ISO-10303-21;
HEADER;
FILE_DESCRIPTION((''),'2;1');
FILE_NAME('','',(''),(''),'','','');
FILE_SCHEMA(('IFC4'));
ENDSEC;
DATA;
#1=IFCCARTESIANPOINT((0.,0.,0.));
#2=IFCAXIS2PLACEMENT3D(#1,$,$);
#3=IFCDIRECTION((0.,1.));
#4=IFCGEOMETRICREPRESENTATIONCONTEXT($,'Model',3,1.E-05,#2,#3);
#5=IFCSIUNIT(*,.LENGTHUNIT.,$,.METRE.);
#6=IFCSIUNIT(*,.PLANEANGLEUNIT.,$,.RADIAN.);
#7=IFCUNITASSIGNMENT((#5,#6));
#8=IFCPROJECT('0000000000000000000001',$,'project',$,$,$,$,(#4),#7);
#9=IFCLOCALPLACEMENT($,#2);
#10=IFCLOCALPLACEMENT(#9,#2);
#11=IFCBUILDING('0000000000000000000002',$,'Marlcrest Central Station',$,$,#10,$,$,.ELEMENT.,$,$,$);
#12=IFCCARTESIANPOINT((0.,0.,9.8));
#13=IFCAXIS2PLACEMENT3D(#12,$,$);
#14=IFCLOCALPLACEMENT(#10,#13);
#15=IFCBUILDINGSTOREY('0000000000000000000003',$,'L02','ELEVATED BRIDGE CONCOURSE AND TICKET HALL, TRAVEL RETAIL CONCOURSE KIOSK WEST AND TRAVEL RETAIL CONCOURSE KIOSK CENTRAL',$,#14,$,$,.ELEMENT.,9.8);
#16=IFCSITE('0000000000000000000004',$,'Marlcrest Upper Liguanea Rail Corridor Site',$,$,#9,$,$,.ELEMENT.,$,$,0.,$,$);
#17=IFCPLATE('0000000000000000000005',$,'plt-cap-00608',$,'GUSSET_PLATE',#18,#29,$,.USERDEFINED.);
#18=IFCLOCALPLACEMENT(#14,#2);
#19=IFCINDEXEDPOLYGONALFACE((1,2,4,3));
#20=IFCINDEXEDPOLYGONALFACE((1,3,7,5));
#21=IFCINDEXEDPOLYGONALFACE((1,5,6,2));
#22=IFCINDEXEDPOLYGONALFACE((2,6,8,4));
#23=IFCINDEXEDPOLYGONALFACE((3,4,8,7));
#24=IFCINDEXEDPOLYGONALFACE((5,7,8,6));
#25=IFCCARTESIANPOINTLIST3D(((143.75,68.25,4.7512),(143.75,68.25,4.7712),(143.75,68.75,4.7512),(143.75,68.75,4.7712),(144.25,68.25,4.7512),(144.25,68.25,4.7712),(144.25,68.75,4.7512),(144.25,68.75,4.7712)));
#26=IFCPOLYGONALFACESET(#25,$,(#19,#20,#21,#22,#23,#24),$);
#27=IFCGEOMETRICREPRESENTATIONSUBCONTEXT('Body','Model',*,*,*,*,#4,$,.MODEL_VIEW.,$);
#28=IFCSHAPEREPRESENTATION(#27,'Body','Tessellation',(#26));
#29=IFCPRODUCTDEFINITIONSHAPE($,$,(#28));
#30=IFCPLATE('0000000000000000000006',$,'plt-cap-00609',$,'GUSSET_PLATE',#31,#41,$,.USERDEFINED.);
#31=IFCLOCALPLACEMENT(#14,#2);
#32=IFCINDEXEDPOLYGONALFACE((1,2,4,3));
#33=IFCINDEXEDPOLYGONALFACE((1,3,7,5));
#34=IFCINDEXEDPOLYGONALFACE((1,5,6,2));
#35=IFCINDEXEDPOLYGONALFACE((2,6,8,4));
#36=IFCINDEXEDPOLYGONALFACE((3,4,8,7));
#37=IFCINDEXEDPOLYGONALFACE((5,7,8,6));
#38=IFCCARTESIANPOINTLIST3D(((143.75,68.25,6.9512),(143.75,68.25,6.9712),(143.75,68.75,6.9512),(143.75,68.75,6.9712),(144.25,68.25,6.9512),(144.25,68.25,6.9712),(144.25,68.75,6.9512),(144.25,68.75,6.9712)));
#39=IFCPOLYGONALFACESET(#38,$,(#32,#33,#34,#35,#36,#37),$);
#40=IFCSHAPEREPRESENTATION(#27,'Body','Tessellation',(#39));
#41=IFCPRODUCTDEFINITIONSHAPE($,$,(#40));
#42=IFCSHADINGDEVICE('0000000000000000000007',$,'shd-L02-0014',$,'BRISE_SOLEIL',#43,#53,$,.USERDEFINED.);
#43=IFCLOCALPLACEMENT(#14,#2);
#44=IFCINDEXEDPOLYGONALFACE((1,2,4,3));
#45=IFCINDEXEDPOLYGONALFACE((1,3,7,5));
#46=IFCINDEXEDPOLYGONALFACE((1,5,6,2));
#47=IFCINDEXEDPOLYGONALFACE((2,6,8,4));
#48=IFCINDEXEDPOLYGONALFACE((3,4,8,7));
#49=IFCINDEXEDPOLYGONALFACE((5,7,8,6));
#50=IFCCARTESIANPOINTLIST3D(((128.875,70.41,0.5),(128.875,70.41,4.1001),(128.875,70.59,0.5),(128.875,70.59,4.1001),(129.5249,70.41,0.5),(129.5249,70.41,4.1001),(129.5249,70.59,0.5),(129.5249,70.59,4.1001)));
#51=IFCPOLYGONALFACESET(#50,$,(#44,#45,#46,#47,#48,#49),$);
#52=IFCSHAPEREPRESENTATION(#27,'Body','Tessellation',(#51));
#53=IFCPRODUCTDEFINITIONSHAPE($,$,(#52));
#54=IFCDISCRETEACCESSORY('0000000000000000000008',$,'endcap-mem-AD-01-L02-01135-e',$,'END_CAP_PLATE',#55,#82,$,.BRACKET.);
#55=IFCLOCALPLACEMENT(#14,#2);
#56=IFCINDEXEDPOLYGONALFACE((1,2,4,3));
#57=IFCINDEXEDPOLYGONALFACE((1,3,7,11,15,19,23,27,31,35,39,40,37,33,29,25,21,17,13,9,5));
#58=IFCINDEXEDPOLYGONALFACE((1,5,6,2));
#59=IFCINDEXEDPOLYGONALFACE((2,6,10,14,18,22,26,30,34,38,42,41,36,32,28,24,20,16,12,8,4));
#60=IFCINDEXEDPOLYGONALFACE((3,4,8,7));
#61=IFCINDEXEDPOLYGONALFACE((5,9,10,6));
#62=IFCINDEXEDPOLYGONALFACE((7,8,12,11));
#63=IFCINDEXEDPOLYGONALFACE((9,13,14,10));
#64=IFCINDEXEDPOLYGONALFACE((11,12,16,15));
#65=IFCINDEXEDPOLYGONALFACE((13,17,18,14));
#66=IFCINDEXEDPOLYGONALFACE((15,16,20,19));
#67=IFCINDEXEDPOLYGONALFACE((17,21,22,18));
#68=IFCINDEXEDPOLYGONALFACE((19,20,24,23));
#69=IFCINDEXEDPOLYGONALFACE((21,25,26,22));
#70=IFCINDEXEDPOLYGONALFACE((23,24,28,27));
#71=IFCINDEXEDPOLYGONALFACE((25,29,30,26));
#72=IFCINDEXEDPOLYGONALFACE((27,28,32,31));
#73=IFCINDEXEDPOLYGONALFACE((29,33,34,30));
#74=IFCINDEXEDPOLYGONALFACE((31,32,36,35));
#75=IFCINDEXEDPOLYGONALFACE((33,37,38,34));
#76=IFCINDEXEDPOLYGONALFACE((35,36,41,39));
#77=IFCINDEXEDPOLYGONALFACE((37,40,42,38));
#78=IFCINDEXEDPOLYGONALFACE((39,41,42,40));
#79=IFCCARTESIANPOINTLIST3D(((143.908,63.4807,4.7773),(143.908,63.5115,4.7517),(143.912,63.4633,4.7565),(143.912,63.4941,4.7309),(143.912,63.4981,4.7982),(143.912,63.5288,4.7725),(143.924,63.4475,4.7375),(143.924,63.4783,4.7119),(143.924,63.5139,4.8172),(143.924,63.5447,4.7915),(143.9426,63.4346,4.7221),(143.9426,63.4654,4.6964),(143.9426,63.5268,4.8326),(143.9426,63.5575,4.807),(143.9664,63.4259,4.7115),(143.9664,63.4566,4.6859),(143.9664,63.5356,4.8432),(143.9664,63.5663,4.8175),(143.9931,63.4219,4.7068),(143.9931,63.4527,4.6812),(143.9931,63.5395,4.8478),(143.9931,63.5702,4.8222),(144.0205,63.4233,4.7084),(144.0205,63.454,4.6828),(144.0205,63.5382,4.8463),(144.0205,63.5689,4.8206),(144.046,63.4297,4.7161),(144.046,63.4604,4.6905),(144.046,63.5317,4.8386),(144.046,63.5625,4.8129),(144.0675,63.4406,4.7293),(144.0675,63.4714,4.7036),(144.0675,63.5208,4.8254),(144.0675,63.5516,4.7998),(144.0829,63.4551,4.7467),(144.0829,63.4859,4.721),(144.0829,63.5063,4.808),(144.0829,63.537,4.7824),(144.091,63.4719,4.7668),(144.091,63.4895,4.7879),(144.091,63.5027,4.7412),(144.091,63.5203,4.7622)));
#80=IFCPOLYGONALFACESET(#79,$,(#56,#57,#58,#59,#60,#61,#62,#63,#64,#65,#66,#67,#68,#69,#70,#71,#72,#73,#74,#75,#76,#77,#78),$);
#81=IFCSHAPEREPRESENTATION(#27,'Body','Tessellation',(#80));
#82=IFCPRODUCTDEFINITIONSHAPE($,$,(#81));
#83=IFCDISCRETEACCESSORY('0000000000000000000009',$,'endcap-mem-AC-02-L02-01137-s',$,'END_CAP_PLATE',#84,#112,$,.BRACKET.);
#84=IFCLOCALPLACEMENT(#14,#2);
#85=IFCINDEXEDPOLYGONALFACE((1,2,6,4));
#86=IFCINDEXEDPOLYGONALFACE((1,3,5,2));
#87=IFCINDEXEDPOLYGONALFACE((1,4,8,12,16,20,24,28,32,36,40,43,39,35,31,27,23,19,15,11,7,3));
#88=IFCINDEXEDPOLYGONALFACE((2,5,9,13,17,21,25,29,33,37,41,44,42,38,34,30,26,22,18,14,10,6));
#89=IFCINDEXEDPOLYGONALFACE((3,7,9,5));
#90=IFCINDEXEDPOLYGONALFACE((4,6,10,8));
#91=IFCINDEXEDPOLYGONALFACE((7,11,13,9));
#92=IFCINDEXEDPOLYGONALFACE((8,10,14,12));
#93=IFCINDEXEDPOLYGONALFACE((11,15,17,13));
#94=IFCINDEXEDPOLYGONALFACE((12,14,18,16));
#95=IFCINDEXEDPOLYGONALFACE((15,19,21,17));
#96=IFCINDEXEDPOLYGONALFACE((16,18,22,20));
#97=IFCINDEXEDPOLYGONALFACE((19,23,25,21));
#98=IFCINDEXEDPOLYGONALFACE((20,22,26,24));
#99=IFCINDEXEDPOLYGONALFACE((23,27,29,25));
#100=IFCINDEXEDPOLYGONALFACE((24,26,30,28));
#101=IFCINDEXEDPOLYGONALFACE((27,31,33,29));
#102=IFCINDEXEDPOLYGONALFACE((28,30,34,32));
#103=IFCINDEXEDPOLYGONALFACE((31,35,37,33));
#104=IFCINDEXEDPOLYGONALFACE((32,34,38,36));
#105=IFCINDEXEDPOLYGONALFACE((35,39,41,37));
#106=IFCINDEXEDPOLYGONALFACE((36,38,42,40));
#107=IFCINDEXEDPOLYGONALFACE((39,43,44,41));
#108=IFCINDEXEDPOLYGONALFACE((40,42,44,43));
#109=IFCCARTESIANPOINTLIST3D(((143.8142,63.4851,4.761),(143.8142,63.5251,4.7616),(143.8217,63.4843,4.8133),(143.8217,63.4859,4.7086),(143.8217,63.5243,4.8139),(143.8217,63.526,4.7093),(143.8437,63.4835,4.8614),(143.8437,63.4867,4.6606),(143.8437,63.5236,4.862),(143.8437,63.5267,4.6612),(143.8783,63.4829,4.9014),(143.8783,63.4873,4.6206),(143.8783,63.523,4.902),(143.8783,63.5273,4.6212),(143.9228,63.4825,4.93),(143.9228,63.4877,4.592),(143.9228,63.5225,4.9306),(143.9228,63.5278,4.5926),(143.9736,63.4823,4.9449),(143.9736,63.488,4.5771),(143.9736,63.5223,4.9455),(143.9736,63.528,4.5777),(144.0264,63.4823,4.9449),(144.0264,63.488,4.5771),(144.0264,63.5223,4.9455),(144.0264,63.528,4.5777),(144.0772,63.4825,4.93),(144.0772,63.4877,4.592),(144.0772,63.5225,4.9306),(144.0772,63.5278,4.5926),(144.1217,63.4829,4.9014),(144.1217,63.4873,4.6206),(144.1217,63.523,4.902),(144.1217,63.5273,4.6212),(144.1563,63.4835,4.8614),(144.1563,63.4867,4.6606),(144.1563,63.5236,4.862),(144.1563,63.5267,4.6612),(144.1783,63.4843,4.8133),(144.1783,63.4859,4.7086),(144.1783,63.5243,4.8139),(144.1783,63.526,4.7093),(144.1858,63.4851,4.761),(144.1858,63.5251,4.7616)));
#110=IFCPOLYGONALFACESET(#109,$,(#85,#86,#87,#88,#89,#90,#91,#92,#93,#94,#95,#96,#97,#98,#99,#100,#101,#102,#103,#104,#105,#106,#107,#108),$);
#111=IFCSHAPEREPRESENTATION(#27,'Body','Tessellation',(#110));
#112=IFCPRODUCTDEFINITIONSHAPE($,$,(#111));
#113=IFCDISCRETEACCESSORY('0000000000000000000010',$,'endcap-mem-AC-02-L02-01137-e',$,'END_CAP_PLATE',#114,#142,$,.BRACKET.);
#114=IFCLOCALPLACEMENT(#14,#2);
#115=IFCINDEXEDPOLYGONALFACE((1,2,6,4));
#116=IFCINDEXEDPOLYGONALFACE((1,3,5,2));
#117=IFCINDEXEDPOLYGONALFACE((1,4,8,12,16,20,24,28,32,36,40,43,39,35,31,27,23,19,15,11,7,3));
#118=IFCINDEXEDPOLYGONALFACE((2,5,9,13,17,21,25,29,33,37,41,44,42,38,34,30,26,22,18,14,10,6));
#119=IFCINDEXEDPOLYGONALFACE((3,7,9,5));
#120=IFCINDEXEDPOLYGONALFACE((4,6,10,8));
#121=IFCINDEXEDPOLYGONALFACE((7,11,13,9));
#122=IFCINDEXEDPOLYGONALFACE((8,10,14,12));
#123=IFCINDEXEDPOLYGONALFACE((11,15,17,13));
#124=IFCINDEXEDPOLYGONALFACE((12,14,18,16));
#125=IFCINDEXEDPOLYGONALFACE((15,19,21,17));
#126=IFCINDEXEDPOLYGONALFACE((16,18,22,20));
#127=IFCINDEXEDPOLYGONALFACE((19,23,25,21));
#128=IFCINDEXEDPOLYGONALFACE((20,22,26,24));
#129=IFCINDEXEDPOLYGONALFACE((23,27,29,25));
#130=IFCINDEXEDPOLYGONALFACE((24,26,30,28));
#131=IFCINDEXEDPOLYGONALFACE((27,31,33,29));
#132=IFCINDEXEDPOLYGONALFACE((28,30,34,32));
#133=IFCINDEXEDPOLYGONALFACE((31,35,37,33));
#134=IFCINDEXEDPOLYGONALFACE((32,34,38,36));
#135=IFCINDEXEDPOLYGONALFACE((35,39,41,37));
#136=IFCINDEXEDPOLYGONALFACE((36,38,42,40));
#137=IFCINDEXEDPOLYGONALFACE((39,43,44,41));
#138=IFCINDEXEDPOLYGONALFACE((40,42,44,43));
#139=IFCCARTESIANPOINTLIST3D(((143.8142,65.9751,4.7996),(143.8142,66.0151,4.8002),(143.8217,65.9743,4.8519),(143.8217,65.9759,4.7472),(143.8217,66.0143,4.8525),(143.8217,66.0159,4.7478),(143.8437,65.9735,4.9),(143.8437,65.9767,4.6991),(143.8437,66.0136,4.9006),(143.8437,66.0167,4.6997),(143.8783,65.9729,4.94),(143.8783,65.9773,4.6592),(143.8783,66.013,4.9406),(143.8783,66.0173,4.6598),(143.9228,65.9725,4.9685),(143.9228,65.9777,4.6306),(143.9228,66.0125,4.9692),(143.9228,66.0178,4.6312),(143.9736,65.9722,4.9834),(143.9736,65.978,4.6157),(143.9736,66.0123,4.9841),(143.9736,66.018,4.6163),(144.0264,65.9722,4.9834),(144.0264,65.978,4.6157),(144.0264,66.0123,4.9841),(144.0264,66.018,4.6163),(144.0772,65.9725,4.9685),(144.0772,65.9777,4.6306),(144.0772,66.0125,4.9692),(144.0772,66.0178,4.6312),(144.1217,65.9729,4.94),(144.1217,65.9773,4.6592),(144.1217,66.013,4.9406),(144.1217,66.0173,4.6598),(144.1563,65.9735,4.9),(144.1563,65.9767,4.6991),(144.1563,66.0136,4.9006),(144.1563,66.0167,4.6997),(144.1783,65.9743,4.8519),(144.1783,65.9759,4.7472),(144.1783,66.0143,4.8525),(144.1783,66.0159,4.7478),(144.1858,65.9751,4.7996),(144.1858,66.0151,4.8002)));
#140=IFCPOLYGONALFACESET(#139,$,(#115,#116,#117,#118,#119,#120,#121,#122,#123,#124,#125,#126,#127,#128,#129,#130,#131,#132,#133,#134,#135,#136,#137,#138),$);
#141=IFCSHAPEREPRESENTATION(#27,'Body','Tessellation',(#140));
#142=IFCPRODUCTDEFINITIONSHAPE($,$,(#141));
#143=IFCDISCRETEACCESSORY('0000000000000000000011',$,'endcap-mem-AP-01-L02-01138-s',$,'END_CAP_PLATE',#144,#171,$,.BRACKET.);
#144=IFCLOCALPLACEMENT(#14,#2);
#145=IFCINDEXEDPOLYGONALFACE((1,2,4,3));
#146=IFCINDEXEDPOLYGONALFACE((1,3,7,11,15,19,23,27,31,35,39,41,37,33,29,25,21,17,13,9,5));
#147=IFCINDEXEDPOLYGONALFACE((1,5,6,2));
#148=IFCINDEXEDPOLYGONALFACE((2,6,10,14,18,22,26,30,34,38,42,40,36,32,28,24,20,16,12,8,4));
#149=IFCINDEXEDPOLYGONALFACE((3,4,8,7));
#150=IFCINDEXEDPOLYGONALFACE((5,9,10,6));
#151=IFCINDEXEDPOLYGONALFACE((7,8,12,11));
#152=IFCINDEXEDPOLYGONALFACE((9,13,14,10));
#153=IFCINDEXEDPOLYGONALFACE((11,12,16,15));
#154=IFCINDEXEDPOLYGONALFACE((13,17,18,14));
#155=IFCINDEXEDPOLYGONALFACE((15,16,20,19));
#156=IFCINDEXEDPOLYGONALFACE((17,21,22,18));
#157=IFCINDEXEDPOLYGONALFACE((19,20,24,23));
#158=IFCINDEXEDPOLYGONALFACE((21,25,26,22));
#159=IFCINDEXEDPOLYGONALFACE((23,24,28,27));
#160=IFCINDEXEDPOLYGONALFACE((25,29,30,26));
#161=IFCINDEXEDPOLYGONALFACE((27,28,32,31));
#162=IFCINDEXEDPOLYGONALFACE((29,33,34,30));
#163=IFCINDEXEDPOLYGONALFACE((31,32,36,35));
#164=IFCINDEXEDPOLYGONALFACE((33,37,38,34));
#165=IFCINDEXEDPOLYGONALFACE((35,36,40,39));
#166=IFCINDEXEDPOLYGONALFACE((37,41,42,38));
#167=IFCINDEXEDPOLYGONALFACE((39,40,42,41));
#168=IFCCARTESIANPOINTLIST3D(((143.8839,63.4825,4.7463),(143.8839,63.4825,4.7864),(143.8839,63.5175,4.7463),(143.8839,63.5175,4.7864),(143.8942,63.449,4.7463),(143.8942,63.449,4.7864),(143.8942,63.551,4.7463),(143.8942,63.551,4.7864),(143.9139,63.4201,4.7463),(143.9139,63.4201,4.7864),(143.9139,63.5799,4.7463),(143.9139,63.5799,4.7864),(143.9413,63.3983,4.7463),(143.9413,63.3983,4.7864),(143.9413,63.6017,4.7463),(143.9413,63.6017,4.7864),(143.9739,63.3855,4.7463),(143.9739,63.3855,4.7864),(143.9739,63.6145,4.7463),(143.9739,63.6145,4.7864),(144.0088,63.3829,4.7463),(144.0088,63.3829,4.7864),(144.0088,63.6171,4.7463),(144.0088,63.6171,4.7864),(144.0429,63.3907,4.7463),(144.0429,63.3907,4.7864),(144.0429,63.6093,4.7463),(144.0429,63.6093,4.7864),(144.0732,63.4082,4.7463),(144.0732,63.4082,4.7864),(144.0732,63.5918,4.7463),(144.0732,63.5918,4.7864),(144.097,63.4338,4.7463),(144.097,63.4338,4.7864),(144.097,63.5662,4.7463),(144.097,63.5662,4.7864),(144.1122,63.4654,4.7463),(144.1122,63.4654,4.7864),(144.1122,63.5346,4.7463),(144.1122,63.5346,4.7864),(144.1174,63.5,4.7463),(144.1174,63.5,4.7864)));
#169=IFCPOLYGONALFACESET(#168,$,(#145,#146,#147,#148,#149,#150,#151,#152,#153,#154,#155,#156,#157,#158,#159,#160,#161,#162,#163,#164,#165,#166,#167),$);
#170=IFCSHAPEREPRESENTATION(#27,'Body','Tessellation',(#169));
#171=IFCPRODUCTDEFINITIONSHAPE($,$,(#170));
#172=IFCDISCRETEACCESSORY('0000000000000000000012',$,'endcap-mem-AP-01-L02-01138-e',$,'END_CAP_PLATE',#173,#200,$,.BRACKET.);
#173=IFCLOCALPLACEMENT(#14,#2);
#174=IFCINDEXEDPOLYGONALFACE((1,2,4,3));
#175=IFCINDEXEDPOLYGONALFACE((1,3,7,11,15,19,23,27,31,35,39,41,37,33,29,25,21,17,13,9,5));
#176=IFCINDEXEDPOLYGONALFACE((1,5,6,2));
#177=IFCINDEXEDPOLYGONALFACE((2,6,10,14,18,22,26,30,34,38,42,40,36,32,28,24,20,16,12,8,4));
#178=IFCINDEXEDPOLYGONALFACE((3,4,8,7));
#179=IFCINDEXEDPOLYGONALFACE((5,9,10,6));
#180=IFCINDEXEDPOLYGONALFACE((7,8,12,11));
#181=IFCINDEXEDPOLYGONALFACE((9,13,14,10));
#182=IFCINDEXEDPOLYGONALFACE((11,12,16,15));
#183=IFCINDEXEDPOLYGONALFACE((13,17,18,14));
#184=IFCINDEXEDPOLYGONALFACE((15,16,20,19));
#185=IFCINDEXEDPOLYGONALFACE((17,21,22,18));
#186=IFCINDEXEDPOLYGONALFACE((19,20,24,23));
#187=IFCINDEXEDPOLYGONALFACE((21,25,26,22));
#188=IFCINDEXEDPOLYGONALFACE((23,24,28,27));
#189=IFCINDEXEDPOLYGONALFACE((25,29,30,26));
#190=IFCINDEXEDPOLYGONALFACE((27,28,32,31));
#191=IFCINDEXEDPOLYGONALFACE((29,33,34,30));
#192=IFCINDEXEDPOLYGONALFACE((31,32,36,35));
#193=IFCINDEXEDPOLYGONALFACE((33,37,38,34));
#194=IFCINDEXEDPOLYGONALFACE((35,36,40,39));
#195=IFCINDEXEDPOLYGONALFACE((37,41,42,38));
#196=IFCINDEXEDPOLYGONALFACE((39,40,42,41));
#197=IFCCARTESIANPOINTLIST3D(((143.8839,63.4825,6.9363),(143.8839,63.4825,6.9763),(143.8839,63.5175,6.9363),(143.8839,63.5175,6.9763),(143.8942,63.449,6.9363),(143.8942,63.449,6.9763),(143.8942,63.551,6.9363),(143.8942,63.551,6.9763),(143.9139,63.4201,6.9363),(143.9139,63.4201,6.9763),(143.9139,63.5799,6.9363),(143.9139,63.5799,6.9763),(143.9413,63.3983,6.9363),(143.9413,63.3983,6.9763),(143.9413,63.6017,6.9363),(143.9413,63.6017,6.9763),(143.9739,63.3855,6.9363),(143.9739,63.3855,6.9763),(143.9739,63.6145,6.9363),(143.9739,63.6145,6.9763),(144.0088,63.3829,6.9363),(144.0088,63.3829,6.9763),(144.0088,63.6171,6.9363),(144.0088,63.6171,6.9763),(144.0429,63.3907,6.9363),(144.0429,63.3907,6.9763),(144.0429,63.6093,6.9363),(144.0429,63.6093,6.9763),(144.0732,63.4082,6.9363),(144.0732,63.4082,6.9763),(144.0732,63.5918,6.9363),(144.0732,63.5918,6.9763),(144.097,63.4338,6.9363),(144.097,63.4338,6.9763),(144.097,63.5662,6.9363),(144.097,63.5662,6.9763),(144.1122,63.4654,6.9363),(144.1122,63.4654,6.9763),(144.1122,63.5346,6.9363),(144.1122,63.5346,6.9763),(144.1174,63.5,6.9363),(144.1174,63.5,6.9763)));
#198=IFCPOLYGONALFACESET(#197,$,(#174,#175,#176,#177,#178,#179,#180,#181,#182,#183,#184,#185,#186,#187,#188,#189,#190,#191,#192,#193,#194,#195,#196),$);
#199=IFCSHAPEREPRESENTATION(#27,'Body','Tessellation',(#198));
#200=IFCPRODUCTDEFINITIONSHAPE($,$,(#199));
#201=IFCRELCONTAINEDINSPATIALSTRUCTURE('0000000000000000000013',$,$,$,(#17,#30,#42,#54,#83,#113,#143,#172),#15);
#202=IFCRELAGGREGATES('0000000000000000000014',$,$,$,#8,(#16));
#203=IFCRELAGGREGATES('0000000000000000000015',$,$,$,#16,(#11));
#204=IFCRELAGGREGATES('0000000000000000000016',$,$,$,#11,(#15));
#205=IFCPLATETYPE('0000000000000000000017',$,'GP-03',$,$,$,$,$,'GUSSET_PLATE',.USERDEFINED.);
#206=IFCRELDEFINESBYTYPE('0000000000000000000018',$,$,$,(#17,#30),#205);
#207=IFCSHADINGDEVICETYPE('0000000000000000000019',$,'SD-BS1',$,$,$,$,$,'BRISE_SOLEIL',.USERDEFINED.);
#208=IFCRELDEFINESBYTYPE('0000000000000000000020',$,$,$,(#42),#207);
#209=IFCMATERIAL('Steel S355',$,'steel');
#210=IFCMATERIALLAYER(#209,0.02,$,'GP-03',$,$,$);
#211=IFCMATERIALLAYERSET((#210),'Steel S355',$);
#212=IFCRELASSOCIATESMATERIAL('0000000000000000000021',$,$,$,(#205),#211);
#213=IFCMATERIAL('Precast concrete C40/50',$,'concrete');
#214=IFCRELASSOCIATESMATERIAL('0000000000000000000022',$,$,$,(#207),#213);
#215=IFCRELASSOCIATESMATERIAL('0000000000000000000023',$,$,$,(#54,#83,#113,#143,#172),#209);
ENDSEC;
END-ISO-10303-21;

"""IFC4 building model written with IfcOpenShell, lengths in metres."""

from ifc_helpers import new_model, si_unit, direction, frame, origin, origin_2d, place, context, subcontext, project, spatial, rectangle, circle, extrude, material, layer, layer_set, type_object, element, save


model = new_model("IFC4")

# Units and contexts
model_context = context("Model", 3, precision=1e-05, world=origin(), true_north=direction((0.0, 1.0)))
body_context = subcontext(model_context, "Body", "Model", "MODEL_VIEW")
ifc_project = project(units=[si_unit("LENGTHUNIT", "METRE"), si_unit("PLANEANGLEUNIT", "RADIAN")], contexts=[model_context])

# Site, building, storey
site_placement = place(None, origin())
site = spatial("IfcSite", under=ifc_project, at=site_placement, Name="Marlcrest Upper Liguanea Rail Corridor Site", CompositionType="ELEMENT", RefElevation=0.0)
building_placement = place(site_placement, origin())
building = spatial("IfcBuilding", under=site, at=building_placement, Name="Marlcrest Central Station", CompositionType="ELEMENT")
storey_placement = place(building_placement, frame((0.0, 0.0, 9.8)))
storey = spatial("IfcBuildingStorey", under=building, at=storey_placement, Name="L02", Description="ELEVATED BRIDGE CONCOURSE AND TICKET HALL, TRAVEL RETAIL CONCOURSE KIOSK WEST AND TRAVEL RETAIL CONCOURSE KIOSK CENTRAL", CompositionType="ELEMENT", Elevation=9.8)

# Shared definitions
ifc_material_1 = material(Name="Steel S355", Category="steel")

# Plates
ifc_layer = layer(ifc_material_1, 0.02, Name="GP-03")
ifc_layer_set = layer_set([ifc_layer], Name="Steel S355")
plate_type = type_object("IfcPlateType", Name="GP-03", ElementType="GUSSET_PLATE", PredefinedType="USERDEFINED", material=ifc_layer_set)
for number, where, z_axis, x_axis, name in (
    (1, (144.0, 68.5, 4.7512), (0.0, 0.0, 1.0), (1.0, 0.0, 0.0), "plt-cap-00608"),
    (2, (144.0, 68.5, 6.9512), (0.0, 0.0, 1.0), (1.0, 0.0, 0.0), "plt-cap-00609"),
):
    element("IfcPlate", number, at=place(storey_placement, frame(where, z_axis=z_axis, x_axis=x_axis)), inside=storey, type_object=plate_type, Name=name, ObjectType="GUSSET_PLATE", PredefinedType="USERDEFINED", context=body_context, shape_type="SweptSolid", body=[
        extrude(rectangle(XDim=0.5, YDim=0.5, at=origin_2d()), origin(), (0.0, 0.0, 1.0), 0.02),
    ])

# Shading device
ifc_material_2 = material(Name="Precast concrete C40/50", Category="concrete")
shading_device_type = type_object("IfcShadingDeviceType", Name="SD-BS1", ElementType="BRISE_SOLEIL", PredefinedType="USERDEFINED", material=ifc_material_2)
shading_device_placement = place(storey_placement, frame((129.2, 70.5, 0.5), z_axis=(0.0, 0.0, 1.0), x_axis=(0.0, 1.0, 0.0)))
element("IfcShadingDevice", 3, at=shading_device_placement, inside=storey, type_object=shading_device_type, Name="shd-L02-0014", ObjectType="BRISE_SOLEIL", PredefinedType="USERDEFINED", context=body_context, shape_type="SweptSolid", body=[
    extrude(rectangle(XDim=0.1799, YDim=0.6499, at=origin_2d()), origin(), (0.0, 0.0, 1.0), 3.6001),
])

# Discrete accessories
discrete_accessory_1_placement = place(storey_placement, frame((144.0, 63.4807, 4.7773), z_axis=(0.0, 0.76816, -0.640258), x_axis=(-1.0, 0.0, 0.0)))
element("IfcDiscreteAccessory", 4, at=discrete_accessory_1_placement, inside=storey, material=ifc_material_1, Name="endcap-mem-AD-01-L02-01135-e", ObjectType="END_CAP_PLATE", PredefinedType="BRACKET", context=body_context, shape_type="SweptSolid", body=[
    extrude(circle(Radius=0.092, at=origin_2d()), origin(), (0.0, 0.0, 1.0), 0.04),
])
for number, where, z_axis, x_axis, name in (
    (5, (144.0, 63.4851, 4.761), (0.0, 0.999879, 0.015525), (-1.0, 0.0, 0.0), "endcap-mem-AC-02-L02-01137-s"),
    (6, (144.0, 65.9751, 4.7996), (0.0, 0.999879, 0.015525), (-1.0, 0.0, 0.0), "endcap-mem-AC-02-L02-01137-e"),
):
    element("IfcDiscreteAccessory", number, at=place(storey_placement, frame(where, z_axis=z_axis, x_axis=x_axis)), inside=storey, material=ifc_material_1, Name=name, ObjectType="END_CAP_PLATE", PredefinedType="BRACKET", context=body_context, shape_type="SweptSolid", body=[
        extrude(circle(Radius=0.1858, at=origin_2d()), origin(), (0.0, 0.0, 1.0), 0.04),
    ])
for number, where, z_axis, x_axis, name in (
    (7, (144.0, 63.5, 4.7463), (0.0, 0.0, 1.0), (1.0, 0.0, 0.0), "endcap-mem-AP-01-L02-01138-s"),
    (8, (144.0, 63.5, 6.9363), (0.0, 0.0, 1.0), (1.0, 0.0, 0.0), "endcap-mem-AP-01-L02-01138-e"),
):
    element("IfcDiscreteAccessory", number, at=place(storey_placement, frame(where, z_axis=z_axis, x_axis=x_axis)), inside=storey, material=ifc_material_1, Name=name, ObjectType="END_CAP_PLATE", PredefinedType="BRACKET", context=body_context, shape_type="SweptSolid", body=[
        extrude(circle(Radius=0.1174, at=origin_2d()), origin(), (0.0, 0.0, 1.0), 0.04),
    ])

save(model, "model.ifc")
